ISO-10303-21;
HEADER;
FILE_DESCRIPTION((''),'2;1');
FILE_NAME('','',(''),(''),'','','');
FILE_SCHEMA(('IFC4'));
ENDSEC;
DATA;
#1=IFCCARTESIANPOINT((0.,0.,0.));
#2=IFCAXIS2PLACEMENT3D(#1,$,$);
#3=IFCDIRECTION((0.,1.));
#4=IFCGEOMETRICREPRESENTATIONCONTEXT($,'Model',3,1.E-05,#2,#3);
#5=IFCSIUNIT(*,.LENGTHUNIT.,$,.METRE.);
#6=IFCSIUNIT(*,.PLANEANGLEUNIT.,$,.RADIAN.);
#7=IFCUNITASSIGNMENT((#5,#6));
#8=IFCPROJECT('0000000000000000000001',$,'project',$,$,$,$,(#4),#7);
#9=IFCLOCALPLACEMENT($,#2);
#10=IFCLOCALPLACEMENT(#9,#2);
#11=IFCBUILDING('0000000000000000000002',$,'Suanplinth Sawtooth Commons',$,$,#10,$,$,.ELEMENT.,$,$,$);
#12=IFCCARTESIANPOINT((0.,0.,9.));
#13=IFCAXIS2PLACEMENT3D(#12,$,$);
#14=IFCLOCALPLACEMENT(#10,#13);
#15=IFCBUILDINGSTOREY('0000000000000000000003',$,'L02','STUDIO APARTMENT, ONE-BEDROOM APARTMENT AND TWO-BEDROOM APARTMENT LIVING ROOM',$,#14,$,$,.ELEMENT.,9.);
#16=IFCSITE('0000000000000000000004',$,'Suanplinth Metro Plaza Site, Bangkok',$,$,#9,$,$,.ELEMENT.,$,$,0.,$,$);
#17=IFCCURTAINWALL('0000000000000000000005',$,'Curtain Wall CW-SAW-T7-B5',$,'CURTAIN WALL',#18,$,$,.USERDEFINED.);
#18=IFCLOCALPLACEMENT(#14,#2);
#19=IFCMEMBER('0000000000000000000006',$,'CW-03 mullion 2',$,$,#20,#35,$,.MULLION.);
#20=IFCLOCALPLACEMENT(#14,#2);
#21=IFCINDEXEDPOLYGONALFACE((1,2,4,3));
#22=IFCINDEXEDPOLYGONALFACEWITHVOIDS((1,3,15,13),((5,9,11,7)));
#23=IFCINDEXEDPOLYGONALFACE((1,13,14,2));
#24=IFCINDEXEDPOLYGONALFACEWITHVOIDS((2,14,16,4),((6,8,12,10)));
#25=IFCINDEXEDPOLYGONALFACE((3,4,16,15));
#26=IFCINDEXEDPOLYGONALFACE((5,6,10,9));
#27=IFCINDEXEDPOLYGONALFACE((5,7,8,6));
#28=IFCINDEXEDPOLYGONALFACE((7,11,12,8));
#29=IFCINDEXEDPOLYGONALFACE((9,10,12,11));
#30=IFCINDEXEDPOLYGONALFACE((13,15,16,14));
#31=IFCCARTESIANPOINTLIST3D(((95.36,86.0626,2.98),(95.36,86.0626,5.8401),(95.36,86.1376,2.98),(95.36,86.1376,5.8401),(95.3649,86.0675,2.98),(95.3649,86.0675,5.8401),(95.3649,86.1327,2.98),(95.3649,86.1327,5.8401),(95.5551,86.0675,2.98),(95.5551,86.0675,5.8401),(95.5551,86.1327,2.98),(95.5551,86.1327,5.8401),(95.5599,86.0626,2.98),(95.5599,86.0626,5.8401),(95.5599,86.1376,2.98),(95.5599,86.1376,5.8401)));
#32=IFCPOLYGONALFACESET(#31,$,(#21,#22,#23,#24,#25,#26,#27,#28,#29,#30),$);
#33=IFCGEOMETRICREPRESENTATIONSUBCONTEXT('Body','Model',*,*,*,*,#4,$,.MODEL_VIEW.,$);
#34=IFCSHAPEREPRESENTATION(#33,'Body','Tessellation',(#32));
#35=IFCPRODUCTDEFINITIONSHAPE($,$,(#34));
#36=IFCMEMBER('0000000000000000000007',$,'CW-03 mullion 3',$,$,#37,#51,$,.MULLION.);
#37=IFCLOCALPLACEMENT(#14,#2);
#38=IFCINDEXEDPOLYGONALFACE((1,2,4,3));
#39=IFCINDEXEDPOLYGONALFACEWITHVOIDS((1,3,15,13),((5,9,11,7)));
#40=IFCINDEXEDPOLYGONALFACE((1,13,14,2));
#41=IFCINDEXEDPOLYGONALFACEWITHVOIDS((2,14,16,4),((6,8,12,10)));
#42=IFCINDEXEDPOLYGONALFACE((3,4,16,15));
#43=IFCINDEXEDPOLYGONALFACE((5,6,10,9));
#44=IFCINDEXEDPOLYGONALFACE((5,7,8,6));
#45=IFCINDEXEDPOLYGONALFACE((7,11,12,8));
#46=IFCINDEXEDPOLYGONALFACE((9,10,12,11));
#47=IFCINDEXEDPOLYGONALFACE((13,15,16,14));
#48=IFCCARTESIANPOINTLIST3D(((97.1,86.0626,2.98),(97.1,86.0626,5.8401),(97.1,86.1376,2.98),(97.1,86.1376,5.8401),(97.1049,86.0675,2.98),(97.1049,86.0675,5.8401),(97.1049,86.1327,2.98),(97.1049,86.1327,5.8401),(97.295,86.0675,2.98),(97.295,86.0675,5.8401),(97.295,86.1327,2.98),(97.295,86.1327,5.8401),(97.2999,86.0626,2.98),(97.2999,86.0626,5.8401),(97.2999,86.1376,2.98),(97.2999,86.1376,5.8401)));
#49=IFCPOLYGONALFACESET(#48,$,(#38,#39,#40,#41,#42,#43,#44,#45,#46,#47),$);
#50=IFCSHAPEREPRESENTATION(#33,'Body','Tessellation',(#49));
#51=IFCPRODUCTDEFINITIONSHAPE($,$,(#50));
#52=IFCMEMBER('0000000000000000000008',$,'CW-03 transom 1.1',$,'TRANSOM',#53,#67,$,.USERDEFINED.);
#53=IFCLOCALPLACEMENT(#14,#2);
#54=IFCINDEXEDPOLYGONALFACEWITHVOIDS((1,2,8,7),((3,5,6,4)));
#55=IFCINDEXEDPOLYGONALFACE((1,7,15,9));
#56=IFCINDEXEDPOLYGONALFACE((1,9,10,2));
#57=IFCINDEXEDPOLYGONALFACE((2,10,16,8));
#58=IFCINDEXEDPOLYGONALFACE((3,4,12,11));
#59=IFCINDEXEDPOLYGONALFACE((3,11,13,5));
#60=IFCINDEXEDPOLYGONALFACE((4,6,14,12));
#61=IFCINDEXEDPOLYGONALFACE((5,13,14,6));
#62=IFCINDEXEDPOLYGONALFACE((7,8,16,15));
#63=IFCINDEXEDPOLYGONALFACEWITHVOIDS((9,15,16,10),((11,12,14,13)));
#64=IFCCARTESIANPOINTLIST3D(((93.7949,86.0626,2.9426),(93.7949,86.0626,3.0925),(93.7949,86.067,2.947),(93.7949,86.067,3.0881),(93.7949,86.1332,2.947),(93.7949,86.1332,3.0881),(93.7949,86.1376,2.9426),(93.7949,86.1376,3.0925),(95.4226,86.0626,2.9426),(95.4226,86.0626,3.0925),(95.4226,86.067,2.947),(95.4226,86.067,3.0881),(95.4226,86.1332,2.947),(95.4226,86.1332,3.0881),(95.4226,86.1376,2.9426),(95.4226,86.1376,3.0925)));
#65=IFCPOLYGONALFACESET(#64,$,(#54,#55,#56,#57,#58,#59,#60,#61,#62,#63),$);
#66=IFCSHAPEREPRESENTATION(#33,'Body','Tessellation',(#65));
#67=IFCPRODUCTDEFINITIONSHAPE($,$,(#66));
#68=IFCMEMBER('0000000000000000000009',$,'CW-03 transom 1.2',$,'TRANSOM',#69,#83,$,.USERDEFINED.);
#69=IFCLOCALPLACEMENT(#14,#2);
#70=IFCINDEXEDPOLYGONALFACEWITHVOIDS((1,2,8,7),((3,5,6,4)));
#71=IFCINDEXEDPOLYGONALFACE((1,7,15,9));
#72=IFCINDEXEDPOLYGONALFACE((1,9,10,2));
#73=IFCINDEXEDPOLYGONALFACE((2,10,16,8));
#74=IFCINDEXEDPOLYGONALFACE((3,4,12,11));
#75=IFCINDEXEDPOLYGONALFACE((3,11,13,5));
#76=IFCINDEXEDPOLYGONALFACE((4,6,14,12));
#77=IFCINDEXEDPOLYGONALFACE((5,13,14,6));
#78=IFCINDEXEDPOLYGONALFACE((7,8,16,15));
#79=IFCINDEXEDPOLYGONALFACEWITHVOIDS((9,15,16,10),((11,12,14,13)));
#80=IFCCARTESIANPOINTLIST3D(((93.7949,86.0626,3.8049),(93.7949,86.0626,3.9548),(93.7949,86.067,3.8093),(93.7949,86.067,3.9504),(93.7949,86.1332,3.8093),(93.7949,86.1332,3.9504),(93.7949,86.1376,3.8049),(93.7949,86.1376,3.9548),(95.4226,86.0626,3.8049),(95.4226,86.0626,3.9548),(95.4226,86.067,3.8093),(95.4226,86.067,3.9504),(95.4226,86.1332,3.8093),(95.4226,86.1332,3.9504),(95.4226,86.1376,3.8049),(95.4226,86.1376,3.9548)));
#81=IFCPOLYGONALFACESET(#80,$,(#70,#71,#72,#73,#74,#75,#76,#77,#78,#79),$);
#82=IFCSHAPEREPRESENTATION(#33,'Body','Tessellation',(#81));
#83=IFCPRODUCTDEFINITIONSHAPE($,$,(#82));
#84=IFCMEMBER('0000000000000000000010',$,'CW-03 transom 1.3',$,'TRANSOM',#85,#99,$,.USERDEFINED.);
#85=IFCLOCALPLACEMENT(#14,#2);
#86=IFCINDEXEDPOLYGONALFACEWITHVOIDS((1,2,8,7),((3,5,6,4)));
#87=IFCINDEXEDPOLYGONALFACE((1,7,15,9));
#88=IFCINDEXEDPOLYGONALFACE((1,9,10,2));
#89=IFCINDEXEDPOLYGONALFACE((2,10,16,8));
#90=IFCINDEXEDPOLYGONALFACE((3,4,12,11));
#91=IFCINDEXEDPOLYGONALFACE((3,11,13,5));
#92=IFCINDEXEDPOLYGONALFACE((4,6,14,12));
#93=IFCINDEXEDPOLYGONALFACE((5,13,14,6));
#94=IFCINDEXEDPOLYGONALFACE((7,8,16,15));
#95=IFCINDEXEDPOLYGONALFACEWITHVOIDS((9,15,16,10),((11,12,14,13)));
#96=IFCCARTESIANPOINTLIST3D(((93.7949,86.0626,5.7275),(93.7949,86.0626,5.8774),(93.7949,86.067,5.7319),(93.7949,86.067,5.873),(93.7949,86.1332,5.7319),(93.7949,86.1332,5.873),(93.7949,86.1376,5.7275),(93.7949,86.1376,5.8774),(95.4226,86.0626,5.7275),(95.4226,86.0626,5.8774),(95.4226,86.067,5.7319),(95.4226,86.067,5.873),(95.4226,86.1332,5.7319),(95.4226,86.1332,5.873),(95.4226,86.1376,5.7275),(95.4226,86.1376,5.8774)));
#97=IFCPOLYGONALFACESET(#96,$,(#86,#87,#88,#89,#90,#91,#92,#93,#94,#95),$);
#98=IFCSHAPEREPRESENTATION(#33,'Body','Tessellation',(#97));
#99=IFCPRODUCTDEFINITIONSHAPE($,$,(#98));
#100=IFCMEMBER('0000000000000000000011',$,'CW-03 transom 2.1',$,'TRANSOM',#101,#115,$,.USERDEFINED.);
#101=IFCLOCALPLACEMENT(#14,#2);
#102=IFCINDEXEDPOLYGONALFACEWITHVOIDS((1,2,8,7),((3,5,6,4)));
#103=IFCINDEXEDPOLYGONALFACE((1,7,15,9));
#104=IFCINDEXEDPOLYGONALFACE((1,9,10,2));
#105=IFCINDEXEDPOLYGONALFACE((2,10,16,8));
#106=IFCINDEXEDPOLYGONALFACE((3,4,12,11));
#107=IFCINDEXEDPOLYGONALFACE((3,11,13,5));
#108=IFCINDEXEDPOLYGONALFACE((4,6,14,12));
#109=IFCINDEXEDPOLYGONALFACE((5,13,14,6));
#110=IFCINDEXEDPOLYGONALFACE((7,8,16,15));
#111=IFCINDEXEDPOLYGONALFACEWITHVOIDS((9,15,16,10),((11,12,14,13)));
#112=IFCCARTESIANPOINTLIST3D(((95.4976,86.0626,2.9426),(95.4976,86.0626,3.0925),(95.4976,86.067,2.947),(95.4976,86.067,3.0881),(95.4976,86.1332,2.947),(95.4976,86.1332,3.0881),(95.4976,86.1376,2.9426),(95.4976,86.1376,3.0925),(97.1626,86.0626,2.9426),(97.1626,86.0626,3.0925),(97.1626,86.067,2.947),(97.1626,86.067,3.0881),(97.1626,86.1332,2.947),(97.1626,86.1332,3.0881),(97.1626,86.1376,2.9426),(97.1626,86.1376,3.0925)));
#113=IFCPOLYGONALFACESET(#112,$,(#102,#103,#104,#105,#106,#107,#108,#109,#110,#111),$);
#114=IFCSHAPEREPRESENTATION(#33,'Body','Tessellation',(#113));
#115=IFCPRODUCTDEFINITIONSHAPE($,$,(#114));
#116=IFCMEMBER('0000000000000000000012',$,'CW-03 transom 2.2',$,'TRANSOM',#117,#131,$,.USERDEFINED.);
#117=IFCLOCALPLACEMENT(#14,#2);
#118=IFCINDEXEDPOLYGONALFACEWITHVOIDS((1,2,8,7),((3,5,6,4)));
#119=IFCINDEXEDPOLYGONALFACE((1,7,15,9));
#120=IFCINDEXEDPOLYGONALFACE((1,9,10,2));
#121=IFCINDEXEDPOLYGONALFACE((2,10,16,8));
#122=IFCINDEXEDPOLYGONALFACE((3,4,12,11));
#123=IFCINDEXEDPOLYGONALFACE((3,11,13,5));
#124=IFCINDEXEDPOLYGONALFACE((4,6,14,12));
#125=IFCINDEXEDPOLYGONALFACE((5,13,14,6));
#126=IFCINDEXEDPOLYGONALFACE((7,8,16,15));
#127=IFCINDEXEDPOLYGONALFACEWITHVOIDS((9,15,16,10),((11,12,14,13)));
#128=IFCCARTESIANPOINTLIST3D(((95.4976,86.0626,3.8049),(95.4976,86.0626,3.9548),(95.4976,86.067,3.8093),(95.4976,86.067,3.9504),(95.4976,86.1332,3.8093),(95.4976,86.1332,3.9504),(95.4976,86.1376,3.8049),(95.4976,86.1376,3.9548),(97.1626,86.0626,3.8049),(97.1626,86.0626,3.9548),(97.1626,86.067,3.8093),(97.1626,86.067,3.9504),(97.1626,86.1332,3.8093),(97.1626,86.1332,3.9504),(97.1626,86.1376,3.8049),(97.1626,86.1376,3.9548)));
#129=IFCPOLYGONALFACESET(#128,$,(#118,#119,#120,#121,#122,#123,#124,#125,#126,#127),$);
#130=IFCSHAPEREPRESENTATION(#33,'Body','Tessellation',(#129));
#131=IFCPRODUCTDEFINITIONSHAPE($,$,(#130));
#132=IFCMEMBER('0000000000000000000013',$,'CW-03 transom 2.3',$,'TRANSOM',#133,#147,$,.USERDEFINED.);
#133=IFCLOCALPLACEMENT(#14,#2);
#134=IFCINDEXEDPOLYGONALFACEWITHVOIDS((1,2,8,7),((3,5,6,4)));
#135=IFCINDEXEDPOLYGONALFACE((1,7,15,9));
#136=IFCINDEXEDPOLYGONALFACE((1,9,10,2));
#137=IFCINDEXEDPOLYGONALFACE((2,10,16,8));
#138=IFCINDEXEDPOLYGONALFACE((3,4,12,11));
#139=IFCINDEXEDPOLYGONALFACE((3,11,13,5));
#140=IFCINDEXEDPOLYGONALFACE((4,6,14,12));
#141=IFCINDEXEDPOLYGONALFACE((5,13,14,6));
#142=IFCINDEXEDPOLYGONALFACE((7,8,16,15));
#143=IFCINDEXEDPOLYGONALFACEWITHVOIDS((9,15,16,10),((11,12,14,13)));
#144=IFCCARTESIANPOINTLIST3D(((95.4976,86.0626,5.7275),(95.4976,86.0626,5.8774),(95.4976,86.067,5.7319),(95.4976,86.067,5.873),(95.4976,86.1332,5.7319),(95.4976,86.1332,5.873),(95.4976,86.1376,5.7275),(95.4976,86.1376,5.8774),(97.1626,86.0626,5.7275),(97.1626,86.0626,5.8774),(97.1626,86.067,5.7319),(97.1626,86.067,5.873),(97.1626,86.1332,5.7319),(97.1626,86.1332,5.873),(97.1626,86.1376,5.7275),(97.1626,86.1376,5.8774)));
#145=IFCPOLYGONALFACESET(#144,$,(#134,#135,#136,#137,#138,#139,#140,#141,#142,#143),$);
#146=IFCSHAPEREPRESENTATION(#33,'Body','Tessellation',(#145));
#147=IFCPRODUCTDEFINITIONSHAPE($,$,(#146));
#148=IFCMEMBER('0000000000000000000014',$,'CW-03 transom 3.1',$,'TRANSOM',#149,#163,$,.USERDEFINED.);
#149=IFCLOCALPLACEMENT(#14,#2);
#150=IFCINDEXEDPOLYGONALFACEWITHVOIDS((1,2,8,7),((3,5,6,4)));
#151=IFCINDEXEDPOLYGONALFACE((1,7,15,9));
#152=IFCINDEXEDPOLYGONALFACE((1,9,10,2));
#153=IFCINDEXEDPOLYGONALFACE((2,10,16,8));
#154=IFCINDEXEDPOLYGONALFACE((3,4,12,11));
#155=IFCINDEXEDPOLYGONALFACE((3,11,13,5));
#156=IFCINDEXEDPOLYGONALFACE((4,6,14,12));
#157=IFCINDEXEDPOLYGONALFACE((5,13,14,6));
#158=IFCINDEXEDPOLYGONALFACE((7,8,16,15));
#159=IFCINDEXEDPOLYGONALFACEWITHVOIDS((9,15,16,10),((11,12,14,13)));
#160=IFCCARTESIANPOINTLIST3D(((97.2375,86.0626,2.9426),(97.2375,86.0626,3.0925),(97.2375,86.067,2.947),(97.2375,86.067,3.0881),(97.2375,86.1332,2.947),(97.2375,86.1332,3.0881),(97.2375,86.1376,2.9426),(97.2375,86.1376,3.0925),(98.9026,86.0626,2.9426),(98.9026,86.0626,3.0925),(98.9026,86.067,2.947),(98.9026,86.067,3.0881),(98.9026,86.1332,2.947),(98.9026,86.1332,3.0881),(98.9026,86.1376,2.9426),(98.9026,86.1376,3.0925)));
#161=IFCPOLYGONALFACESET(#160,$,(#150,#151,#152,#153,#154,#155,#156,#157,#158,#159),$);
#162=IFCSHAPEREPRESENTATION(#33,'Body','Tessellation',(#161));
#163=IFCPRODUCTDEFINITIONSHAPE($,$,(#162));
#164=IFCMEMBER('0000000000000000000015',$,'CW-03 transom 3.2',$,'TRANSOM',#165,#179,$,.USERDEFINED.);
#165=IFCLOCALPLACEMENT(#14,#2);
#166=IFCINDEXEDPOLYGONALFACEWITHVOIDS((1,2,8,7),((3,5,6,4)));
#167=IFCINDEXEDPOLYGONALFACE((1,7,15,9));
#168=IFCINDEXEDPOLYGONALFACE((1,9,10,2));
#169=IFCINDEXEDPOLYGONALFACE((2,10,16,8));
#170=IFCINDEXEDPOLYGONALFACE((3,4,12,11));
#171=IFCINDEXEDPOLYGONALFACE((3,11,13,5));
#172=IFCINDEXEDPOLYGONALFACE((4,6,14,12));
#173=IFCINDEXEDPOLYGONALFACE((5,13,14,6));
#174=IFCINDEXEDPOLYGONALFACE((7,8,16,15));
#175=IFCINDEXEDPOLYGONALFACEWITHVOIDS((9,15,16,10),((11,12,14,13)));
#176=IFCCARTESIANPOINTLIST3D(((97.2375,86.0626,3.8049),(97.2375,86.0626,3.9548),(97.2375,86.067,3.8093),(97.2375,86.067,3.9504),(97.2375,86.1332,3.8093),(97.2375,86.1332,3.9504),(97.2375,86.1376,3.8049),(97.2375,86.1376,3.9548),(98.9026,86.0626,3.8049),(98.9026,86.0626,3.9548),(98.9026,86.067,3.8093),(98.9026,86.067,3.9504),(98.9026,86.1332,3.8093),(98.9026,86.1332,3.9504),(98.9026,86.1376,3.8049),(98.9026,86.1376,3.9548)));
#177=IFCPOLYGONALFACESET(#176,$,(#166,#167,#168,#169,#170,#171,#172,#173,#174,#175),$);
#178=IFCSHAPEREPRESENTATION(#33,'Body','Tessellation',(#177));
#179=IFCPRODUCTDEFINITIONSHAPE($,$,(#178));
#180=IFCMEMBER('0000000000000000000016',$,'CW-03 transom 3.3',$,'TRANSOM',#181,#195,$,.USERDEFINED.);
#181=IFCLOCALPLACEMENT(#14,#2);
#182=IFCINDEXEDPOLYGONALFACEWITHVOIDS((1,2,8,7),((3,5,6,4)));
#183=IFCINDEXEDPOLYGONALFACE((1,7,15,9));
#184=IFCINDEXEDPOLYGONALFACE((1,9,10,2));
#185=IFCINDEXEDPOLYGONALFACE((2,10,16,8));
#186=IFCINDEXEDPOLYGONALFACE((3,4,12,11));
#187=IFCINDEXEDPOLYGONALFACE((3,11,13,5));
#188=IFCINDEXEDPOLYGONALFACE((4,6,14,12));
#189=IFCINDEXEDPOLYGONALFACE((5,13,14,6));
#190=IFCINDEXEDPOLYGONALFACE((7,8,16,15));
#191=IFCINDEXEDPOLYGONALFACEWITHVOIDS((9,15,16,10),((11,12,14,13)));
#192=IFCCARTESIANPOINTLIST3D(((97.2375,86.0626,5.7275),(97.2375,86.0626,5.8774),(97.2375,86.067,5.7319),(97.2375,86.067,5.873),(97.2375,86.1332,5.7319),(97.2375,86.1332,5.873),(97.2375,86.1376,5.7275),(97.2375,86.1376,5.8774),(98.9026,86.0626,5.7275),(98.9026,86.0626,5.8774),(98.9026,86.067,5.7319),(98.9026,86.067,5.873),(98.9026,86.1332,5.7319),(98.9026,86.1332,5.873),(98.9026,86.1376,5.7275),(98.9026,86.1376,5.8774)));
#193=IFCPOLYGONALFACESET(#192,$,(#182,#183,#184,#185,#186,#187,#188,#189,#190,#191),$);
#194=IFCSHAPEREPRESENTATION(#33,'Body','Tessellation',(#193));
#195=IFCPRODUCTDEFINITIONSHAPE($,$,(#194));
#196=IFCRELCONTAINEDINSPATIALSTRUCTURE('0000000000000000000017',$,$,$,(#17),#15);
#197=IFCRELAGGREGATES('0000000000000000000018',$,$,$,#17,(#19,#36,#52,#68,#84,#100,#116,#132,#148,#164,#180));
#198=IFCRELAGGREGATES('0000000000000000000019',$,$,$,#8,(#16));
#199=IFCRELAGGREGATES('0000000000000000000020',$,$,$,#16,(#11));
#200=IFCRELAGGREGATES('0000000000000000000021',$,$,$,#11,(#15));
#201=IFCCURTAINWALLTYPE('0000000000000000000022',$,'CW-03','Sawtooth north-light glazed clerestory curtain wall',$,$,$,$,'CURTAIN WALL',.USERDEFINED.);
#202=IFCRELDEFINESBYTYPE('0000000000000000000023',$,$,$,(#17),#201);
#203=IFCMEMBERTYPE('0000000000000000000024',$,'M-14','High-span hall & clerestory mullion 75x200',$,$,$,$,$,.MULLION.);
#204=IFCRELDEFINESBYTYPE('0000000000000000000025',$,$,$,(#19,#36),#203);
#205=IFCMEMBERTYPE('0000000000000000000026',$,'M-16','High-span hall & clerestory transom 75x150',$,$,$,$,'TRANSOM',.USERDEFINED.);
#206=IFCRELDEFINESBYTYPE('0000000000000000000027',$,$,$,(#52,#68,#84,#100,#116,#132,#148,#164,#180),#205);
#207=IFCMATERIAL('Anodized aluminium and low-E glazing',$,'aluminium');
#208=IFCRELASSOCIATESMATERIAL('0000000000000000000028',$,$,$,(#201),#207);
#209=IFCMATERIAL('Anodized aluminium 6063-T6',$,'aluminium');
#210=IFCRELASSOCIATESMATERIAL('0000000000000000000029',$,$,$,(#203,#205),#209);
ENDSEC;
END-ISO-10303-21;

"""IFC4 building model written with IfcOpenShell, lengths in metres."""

from ifc_helpers import new_model, si_unit, direction, frame, origin, origin_2d, place, context, subcontext, project, spatial, hollow_rectangle, extrude, material, material_profile, profile_set, type_object, element, aggregate, save


model = new_model("IFC4")

# Units and contexts
model_context = context("Model", 3, precision=1e-05, world=origin(), true_north=direction((0.0, 1.0)))
body_context = subcontext(model_context, "Body", "Model", "MODEL_VIEW")
ifc_project = project(units=[si_unit("LENGTHUNIT", "METRE"), si_unit("PLANEANGLEUNIT", "RADIAN")], contexts=[model_context])

# Site, building, storey
site_placement = place(None, origin())
site = spatial("IfcSite", under=ifc_project, at=site_placement, Name="Suanplinth Metro Plaza Site, Bangkok", CompositionType="ELEMENT", RefElevation=0.0)
building_placement = place(site_placement, origin())
building = spatial("IfcBuilding", under=site, at=building_placement, Name="Suanplinth Sawtooth Commons", CompositionType="ELEMENT")
storey_placement = place(building_placement, frame((0.0, 0.0, 9.0)))
storey = spatial("IfcBuildingStorey", under=building, at=storey_placement, Name="L02", Description="STUDIO APARTMENT, ONE-BEDROOM APARTMENT AND TWO-BEDROOM APARTMENT LIVING ROOM", CompositionType="ELEMENT", Elevation=9.0)

# Shared definitions
ifc_material_1 = material(Name="Anodized aluminium and low-E glazing", Category="aluminium")
curtain_wall_type = type_object("IfcCurtainWallType", Name="CW-03", Description="Sawtooth north-light glazed clerestory curtain wall", ElementType="CURTAIN WALL", PredefinedType="USERDEFINED", material=ifc_material_1)
ifc_material_2 = material(Name="Anodized aluminium 6063-T6", Category="aluminium")
ifc_material_profile_1 = material_profile(ifc_material_2, hollow_rectangle(XDim=0.075, YDim=0.2, WallThickness=0.0049, at=origin_2d()), Name="ALU-MUL 75x200")
ifc_profile_set_1 = profile_set([ifc_material_profile_1], Name="Anodized aluminium 6063-T6")
member_type_1 = type_object("IfcMemberType", Name="M-14", Description="High-span hall & clerestory mullion 75x200", PredefinedType="MULLION", material=ifc_profile_set_1)

# Curtain wall, members
curtain_wall_1_placement = place(storey_placement, origin())
curtain_wall_1 = element("IfcCurtainWall", 1, at=curtain_wall_1_placement, inside=storey, type_object=curtain_wall_type, Name="Curtain Wall CW-SAW-T7-B5", ObjectType="CURTAIN WALL", PredefinedType="USERDEFINED")
member_1_placement = place(storey_placement, frame((95.46, 86.1001, 2.98), z_axis=(0.0, 0.0, 1.0), x_axis=(0.0, 1.0, 0.0)))
member_1 = element("IfcMember", 2, at=member_1_placement, type_object=member_type_1, Name="CW-03 mullion 2", PredefinedType="MULLION", context=body_context, shape_type="SweptSolid", body=[
    extrude(hollow_rectangle(XDim=0.075, YDim=0.2, WallThickness=0.0049, at=origin_2d()), origin(), (0.0, 0.0, 1.0), 2.8601),
])
member_2_placement = place(storey_placement, frame((97.2, 86.1001, 2.98), z_axis=(0.0, 0.0, 1.0), x_axis=(0.0, 1.0, 0.0)))
member_2 = element("IfcMember", 3, at=member_2_placement, type_object=member_type_1, Name="CW-03 mullion 3", PredefinedType="MULLION", context=body_context, shape_type="SweptSolid", body=[
    extrude(hollow_rectangle(XDim=0.075, YDim=0.2, WallThickness=0.0049, at=origin_2d()), origin(), (0.0, 0.0, 1.0), 2.8601),
])
ifc_material_profile_2 = material_profile(ifc_material_2, hollow_rectangle(XDim=0.075, YDim=0.1499, WallThickness=0.0044, at=origin_2d()), Name="ALU-TRN 75x150")
ifc_profile_set_2 = profile_set([ifc_material_profile_2], Name="Anodized aluminium 6063-T6")
member_type_2 = type_object("IfcMemberType", Name="M-16", Description="High-span hall & clerestory transom 75x150", ElementType="TRANSOM", PredefinedType="USERDEFINED", material=ifc_profile_set_2)
member_3_placement = place(storey_placement, frame((93.7949, 86.1001, 3.0176), z_axis=(1.0, 0.0, 0.0), x_axis=(0.0, 1.0, 0.0)))
member_3 = element("IfcMember", 4, at=member_3_placement, type_object=member_type_2, Name="CW-03 transom 1.1", ObjectType="TRANSOM", PredefinedType="USERDEFINED", context=body_context, shape_type="SweptSolid", body=[
    extrude(hollow_rectangle(XDim=0.075, YDim=0.1499, WallThickness=0.0044, at=origin_2d()), origin(), (0.0, 0.0, 1.0), 1.6277),
])
member_4_placement = place(storey_placement, frame((93.7949, 86.1001, 3.8799), z_axis=(1.0, 0.0, 0.0), x_axis=(0.0, 1.0, 0.0)))
member_4 = element("IfcMember", 5, at=member_4_placement, type_object=member_type_2, Name="CW-03 transom 1.2", ObjectType="TRANSOM", PredefinedType="USERDEFINED", context=body_context, shape_type="SweptSolid", body=[
    extrude(hollow_rectangle(XDim=0.075, YDim=0.1499, WallThickness=0.0044, at=origin_2d()), origin(), (0.0, 0.0, 1.0), 1.6277),
])
member_5_placement = place(storey_placement, frame((93.7949, 86.1001, 5.8025), z_axis=(1.0, 0.0, 0.0), x_axis=(0.0, 1.0, 0.0)))
member_5 = element("IfcMember", 6, at=member_5_placement, type_object=member_type_2, Name="CW-03 transom 1.3", ObjectType="TRANSOM", PredefinedType="USERDEFINED", context=body_context, shape_type="SweptSolid", body=[
    extrude(hollow_rectangle(XDim=0.075, YDim=0.1499, WallThickness=0.0044, at=origin_2d()), origin(), (0.0, 0.0, 1.0), 1.6277),
])
member_6_placement = place(storey_placement, frame((95.4976, 86.1001, 3.0176), z_axis=(1.0, 0.0, 0.0), x_axis=(0.0, 1.0, 0.0)))
member_6 = element("IfcMember", 7, at=member_6_placement, type_object=member_type_2, Name="CW-03 transom 2.1", ObjectType="TRANSOM", PredefinedType="USERDEFINED", context=body_context, shape_type="SweptSolid", body=[
    extrude(hollow_rectangle(XDim=0.075, YDim=0.1499, WallThickness=0.0044, at=origin_2d()), origin(), (0.0, 0.0, 1.0), 1.665),
])
member_7_placement = place(storey_placement, frame((95.4976, 86.1001, 3.8799), z_axis=(1.0, 0.0, 0.0), x_axis=(0.0, 1.0, 0.0)))
member_7 = element("IfcMember", 8, at=member_7_placement, type_object=member_type_2, Name="CW-03 transom 2.2", ObjectType="TRANSOM", PredefinedType="USERDEFINED", context=body_context, shape_type="SweptSolid", body=[
    extrude(hollow_rectangle(XDim=0.075, YDim=0.1499, WallThickness=0.0044, at=origin_2d()), origin(), (0.0, 0.0, 1.0), 1.665),
])
member_8_placement = place(storey_placement, frame((95.4976, 86.1001, 5.8025), z_axis=(1.0, 0.0, 0.0), x_axis=(0.0, 1.0, 0.0)))
member_8 = element("IfcMember", 9, at=member_8_placement, type_object=member_type_2, Name="CW-03 transom 2.3", ObjectType="TRANSOM", PredefinedType="USERDEFINED", context=body_context, shape_type="SweptSolid", body=[
    extrude(hollow_rectangle(XDim=0.075, YDim=0.1499, WallThickness=0.0044, at=origin_2d()), origin(), (0.0, 0.0, 1.0), 1.665),
])
member_9_placement = place(storey_placement, frame((97.2375, 86.1001, 3.0176), z_axis=(1.0, 0.0, 0.0), x_axis=(0.0, 1.0, 0.0)))
member_9 = element("IfcMember", 10, at=member_9_placement, type_object=member_type_2, Name="CW-03 transom 3.1", ObjectType="TRANSOM", PredefinedType="USERDEFINED", context=body_context, shape_type="SweptSolid", body=[
    extrude(hollow_rectangle(XDim=0.075, YDim=0.1499, WallThickness=0.0044, at=origin_2d()), origin(), (0.0, 0.0, 1.0), 1.665),
])
member_10_placement = place(storey_placement, frame((97.2375, 86.1001, 3.8799), z_axis=(1.0, 0.0, 0.0), x_axis=(0.0, 1.0, 0.0)))
member_10 = element("IfcMember", 11, at=member_10_placement, type_object=member_type_2, Name="CW-03 transom 3.2", ObjectType="TRANSOM", PredefinedType="USERDEFINED", context=body_context, shape_type="SweptSolid", body=[
    extrude(hollow_rectangle(XDim=0.075, YDim=0.1499, WallThickness=0.0044, at=origin_2d()), origin(), (0.0, 0.0, 1.0), 1.665),
])
member_11_placement = place(storey_placement, frame((97.2375, 86.1001, 5.8025), z_axis=(1.0, 0.0, 0.0), x_axis=(0.0, 1.0, 0.0)))
member_11 = element("IfcMember", 12, at=member_11_placement, type_object=member_type_2, Name="CW-03 transom 3.3", ObjectType="TRANSOM", PredefinedType="USERDEFINED", context=body_context, shape_type="SweptSolid", body=[
    extrude(hollow_rectangle(XDim=0.075, YDim=0.1499, WallThickness=0.0044, at=origin_2d()), origin(), (0.0, 0.0, 1.0), 1.665),
])

aggregate(curtain_wall_1, [member_1, member_2, member_3, member_4, member_5, member_6, member_7, member_8, member_9, member_10, member_11])

save(model, "model.ifc")
